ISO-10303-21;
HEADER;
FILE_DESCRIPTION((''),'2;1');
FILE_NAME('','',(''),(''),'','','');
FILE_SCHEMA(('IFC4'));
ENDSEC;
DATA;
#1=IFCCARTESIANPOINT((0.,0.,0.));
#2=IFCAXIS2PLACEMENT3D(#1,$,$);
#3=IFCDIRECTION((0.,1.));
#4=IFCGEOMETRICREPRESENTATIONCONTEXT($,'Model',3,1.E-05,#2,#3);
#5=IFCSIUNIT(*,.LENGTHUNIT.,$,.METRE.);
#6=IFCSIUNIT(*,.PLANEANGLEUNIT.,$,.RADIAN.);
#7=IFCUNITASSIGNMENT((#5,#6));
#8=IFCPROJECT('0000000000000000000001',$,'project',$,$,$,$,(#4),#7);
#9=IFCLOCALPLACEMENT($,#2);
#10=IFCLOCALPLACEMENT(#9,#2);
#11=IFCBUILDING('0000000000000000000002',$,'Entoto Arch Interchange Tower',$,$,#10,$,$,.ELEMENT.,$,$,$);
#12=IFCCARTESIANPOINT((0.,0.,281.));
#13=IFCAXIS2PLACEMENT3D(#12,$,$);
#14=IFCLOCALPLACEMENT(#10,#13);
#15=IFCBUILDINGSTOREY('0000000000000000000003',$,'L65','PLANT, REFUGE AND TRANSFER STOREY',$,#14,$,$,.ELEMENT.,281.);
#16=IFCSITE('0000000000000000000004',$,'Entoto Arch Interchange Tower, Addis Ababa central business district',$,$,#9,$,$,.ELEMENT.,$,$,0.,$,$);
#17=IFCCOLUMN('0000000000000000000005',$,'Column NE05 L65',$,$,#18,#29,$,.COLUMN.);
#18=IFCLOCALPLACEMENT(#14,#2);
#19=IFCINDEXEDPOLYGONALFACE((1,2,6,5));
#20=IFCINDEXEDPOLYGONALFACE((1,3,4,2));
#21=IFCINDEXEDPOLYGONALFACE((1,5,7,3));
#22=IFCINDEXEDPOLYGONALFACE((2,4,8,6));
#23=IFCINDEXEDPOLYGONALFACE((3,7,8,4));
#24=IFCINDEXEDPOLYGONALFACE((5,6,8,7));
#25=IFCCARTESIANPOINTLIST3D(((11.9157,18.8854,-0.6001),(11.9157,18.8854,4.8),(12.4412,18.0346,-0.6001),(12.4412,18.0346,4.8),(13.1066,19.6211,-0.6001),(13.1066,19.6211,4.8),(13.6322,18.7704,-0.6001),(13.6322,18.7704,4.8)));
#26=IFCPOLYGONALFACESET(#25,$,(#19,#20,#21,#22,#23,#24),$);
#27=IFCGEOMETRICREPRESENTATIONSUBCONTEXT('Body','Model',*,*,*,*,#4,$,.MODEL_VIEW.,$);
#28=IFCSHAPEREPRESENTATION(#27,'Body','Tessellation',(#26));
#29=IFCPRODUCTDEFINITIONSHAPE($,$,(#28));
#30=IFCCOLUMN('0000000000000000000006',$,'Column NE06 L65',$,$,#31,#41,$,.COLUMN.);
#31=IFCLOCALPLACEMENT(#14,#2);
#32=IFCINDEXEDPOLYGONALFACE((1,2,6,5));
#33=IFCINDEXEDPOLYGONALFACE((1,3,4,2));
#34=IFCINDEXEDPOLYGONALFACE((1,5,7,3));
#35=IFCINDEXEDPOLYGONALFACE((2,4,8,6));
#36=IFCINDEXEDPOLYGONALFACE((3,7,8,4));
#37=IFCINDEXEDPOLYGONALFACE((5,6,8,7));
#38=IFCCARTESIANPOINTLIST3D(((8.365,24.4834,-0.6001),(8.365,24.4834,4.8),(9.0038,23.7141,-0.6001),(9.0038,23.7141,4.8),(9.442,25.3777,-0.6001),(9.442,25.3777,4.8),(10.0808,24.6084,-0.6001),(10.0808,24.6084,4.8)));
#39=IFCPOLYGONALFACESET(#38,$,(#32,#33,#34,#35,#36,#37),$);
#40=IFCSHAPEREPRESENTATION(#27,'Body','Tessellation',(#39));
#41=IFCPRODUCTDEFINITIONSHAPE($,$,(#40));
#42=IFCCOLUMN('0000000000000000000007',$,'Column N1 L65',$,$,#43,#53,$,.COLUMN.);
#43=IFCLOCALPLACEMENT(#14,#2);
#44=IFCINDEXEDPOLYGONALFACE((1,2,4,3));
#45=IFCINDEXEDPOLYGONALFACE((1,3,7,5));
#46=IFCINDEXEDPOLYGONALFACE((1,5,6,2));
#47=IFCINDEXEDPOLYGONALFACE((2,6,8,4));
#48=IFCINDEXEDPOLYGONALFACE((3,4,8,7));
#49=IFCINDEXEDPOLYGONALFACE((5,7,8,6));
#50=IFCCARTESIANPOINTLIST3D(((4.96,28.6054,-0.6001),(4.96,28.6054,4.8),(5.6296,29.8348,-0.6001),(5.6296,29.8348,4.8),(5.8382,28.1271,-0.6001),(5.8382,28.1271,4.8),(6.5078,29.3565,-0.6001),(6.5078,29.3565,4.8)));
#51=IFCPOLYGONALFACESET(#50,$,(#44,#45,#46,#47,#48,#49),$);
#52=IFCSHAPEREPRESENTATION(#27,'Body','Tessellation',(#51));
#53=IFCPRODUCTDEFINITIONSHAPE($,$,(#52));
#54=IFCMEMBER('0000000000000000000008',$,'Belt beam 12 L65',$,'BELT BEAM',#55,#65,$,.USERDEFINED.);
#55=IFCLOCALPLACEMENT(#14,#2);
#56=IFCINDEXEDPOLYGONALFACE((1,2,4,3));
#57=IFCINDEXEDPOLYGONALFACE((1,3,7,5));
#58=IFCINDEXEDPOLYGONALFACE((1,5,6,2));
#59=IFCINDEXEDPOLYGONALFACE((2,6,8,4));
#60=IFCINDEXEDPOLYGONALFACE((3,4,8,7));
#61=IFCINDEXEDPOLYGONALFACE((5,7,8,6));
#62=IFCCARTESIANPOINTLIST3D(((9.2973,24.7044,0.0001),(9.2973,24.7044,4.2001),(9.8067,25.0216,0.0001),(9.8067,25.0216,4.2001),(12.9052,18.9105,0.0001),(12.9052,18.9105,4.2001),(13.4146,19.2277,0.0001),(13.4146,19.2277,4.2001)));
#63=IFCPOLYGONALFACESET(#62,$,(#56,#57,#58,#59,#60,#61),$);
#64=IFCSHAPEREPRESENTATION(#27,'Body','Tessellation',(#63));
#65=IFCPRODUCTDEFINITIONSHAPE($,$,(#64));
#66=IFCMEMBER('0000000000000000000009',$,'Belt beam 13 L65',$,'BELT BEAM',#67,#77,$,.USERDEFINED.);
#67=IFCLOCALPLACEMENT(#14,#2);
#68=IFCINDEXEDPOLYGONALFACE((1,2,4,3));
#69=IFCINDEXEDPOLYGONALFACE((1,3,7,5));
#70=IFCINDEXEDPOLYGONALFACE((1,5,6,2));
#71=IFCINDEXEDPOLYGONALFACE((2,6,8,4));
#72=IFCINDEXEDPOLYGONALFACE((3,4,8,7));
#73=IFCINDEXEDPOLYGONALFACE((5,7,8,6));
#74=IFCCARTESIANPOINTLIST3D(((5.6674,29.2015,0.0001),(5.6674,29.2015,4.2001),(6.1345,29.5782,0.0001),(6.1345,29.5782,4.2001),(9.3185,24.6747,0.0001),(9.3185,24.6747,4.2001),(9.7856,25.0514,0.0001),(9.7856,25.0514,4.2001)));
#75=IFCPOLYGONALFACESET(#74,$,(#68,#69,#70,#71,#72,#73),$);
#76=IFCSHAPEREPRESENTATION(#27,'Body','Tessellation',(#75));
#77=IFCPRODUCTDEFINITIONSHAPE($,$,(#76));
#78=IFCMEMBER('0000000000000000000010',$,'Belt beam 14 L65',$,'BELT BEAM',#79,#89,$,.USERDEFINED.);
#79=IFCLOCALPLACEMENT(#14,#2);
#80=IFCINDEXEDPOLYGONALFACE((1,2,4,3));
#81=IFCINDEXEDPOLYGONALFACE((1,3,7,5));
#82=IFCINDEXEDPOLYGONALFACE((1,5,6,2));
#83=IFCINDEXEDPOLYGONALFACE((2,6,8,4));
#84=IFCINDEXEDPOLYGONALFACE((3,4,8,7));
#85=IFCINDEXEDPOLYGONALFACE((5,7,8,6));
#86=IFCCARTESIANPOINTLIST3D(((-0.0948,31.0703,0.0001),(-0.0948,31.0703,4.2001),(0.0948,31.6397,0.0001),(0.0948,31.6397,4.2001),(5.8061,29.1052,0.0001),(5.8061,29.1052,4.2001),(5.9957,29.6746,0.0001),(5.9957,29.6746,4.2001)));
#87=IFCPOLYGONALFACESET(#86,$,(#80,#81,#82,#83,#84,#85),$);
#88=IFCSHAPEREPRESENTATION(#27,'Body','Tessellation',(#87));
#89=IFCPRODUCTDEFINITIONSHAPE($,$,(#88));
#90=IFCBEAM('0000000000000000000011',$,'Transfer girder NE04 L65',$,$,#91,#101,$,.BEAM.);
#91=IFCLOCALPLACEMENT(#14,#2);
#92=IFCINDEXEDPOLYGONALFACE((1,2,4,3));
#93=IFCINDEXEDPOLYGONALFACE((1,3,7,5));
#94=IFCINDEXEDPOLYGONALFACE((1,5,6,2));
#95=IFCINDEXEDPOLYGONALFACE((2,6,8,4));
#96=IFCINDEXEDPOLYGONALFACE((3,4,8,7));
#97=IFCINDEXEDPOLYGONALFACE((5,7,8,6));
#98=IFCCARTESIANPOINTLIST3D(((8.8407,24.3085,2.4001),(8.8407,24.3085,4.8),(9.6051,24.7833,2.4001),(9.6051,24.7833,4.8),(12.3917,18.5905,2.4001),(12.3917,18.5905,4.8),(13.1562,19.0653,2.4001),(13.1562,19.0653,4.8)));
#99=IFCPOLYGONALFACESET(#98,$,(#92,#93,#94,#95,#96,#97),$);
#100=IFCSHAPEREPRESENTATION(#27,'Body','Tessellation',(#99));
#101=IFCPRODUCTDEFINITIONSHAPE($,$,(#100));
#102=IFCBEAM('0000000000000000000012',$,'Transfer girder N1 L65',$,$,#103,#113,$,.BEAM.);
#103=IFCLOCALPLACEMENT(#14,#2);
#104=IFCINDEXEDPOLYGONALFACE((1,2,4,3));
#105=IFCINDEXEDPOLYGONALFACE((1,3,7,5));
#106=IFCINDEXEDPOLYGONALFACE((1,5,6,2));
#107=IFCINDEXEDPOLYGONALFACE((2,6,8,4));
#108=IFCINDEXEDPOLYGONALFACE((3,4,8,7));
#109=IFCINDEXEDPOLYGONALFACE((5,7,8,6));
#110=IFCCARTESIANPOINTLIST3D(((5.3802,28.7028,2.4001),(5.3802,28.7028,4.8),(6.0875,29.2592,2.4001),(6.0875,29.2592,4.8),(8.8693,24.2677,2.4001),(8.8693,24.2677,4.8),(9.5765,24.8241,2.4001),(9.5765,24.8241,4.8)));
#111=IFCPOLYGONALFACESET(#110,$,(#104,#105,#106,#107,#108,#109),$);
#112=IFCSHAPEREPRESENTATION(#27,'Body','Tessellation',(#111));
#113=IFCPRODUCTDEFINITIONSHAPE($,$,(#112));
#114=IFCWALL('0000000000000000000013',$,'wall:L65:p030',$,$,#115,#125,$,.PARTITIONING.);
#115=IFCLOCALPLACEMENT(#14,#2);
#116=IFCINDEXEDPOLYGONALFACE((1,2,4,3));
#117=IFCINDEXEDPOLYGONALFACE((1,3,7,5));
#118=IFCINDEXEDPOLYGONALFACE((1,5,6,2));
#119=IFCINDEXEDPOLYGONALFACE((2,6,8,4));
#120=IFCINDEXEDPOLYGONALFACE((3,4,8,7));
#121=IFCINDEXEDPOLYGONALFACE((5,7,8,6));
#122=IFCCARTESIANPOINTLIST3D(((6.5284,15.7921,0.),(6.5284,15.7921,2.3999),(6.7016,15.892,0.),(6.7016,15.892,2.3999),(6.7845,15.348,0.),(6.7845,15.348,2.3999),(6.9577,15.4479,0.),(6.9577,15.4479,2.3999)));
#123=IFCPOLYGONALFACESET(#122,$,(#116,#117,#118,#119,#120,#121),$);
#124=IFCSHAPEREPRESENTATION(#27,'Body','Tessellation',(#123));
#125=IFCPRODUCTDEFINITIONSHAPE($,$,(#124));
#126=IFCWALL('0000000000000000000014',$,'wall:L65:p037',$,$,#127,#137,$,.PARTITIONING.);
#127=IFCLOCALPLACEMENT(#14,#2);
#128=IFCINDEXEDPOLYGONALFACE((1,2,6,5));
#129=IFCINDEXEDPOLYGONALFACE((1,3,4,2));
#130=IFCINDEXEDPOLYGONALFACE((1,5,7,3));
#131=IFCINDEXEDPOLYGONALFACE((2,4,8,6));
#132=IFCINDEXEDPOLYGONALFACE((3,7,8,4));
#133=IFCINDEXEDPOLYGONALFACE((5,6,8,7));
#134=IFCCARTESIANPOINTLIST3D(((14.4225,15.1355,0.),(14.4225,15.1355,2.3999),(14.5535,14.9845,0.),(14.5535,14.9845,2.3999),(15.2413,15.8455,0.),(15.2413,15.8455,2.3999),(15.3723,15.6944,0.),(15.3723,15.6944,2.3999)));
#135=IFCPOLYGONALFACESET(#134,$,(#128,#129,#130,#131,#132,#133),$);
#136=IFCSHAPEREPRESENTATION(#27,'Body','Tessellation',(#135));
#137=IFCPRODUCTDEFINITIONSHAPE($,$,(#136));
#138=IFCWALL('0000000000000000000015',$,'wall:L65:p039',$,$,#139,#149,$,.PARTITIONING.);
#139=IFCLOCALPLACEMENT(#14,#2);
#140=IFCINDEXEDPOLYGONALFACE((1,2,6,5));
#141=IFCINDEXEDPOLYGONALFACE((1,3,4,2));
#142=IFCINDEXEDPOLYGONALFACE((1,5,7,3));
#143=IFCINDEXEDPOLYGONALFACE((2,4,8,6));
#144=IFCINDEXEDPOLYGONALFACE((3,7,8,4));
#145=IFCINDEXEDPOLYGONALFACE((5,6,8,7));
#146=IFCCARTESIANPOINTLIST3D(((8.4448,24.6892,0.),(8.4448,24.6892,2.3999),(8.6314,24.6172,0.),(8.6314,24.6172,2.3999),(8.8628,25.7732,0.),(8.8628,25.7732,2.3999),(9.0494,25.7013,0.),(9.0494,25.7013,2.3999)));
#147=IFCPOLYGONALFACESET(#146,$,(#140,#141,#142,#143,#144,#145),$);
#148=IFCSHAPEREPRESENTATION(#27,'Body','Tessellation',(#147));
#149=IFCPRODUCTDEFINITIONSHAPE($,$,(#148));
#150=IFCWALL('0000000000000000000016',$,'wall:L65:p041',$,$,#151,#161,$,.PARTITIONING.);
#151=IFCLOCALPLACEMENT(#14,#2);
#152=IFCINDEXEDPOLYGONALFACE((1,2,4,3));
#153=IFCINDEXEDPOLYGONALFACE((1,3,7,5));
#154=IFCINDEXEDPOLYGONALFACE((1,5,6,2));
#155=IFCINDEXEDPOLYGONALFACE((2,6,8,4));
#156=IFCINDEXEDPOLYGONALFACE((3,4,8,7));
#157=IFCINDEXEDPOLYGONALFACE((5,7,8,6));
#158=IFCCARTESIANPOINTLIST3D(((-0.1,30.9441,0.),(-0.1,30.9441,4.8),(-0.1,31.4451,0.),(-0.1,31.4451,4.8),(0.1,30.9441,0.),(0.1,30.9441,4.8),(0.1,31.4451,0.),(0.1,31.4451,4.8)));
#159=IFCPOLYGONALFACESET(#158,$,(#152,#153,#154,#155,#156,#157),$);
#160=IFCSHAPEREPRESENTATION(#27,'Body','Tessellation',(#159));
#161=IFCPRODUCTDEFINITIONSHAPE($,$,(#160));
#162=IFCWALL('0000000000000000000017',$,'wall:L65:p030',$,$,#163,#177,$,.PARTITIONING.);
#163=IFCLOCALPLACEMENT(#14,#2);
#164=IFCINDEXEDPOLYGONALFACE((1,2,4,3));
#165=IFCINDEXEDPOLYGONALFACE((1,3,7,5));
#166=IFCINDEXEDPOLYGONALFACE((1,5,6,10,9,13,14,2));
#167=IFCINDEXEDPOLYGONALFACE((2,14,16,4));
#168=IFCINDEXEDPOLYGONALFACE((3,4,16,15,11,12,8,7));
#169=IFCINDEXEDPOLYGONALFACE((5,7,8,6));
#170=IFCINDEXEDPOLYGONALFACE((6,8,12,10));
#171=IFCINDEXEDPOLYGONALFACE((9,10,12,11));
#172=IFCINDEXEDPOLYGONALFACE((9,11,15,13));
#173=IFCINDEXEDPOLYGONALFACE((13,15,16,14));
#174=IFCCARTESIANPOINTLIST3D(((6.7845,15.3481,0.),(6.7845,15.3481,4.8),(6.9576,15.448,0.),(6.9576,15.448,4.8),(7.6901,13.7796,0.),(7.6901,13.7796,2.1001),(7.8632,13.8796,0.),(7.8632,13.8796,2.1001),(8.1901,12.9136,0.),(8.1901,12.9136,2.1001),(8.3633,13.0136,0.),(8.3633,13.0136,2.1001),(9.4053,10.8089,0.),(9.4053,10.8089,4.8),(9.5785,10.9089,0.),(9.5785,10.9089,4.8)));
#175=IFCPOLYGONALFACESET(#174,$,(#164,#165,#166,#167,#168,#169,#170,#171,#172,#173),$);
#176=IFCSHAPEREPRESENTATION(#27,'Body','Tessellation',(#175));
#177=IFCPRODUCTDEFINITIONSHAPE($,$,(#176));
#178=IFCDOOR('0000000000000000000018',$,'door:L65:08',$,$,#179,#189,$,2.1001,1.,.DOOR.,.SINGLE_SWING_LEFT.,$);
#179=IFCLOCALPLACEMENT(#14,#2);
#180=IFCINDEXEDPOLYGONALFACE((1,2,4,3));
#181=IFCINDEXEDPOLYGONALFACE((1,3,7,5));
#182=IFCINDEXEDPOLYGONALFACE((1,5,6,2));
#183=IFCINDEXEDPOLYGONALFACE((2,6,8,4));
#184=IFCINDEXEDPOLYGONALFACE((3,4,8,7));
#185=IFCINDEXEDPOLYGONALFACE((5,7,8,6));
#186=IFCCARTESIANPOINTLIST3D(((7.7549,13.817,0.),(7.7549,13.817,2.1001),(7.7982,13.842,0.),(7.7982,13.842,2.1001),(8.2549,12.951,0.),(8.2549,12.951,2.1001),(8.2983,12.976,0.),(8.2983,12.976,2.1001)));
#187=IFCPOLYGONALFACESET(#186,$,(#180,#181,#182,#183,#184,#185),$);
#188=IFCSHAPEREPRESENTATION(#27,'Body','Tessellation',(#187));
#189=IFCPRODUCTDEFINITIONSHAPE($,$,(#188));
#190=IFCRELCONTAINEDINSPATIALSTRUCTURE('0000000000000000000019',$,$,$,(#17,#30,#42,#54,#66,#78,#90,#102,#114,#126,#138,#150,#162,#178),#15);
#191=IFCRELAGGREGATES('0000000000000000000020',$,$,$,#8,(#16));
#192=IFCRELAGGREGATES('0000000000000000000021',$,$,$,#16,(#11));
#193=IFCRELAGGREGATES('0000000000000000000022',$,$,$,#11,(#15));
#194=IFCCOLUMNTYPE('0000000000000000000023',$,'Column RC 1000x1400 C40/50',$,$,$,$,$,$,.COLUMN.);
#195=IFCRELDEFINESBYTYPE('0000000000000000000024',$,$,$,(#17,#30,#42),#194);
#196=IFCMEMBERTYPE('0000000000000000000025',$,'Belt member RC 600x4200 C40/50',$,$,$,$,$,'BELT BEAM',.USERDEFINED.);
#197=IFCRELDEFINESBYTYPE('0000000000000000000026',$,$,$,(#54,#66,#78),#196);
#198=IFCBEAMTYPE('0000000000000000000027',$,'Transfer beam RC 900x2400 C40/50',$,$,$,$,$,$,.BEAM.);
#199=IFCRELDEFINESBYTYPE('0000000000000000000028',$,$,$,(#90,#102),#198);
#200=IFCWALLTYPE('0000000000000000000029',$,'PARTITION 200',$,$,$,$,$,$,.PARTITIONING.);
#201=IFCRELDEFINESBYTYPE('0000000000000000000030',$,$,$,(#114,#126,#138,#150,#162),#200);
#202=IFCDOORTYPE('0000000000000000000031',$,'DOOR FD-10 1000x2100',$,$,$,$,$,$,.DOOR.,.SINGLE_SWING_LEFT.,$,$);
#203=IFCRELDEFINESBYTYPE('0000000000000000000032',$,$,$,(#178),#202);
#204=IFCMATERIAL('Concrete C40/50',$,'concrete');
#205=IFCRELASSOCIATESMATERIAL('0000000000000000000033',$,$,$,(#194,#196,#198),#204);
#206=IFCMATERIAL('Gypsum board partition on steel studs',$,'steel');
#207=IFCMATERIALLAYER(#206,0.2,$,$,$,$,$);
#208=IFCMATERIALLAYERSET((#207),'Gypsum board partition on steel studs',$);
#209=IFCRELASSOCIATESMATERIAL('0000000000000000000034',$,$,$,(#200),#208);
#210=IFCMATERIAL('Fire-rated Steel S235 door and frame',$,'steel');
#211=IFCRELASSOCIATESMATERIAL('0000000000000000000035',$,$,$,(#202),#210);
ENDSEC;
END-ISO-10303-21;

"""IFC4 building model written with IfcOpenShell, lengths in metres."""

from ifc_helpers import new_model, si_unit, direction, frame, frame_2d, origin, origin_2d, place, context, subcontext, project, spatial, rectangle, extrude, material, layer, layer_set, material_profile, profile_set, type_object, element, fill, save


model = new_model("IFC4")

# Units and contexts
model_context = context("Model", 3, precision=1e-05, world=origin(), true_north=direction((0.0, 1.0)))
body_context = subcontext(model_context, "Body", "Model", "MODEL_VIEW")
ifc_project = project(units=[si_unit("LENGTHUNIT", "METRE"), si_unit("PLANEANGLEUNIT", "RADIAN")], contexts=[model_context])

# Site, building, storey
site_placement = place(None, origin())
site = spatial("IfcSite", under=ifc_project, at=site_placement, Name="Entoto Arch Interchange Tower, Addis Ababa central business district", CompositionType="ELEMENT", RefElevation=0.0)
building_placement = place(site_placement, origin())
building = spatial("IfcBuilding", under=site, at=building_placement, Name="Entoto Arch Interchange Tower", CompositionType="ELEMENT")
storey_placement = place(building_placement, frame((0.0, 0.0, 281.0)))
storey = spatial("IfcBuildingStorey", under=building, at=storey_placement, Name="L65", Description="PLANT, REFUGE AND TRANSFER STOREY", CompositionType="ELEMENT", Elevation=281.0)

# Columns
ifc_material_1 = material(Name="Concrete C40/50", Category="concrete")
ifc_material_profile_1 = material_profile(ifc_material_1, rectangle(XDim=1.0, YDim=1.3999, at=origin_2d()))
ifc_profile_set_1 = profile_set([ifc_material_profile_1], Name="Concrete C40/50")
column_type = type_object("IfcColumnType", Name="Column RC 1000x1400 C40/50", PredefinedType="COLUMN", material=ifc_profile_set_1)
for number, where, z_axis, x_axis, name in (
    (1, (12.7739, 18.8279, -0.6001), (0.0, 0.0, 1.0), (-0.525576, 0.850747, 0.0), "Column NE05 L65"),
    (2, (9.2229, 24.5459, -0.6001), (0.0, 0.0, 1.0), (-0.638835, 0.769344, 0.0), "Column NE06 L65"),
    (3, (5.7339, 28.981, -0.6001), (0.0, 0.0, 1.0), (-0.878175, 0.478339, 0.0), "Column N1 L65"),
):
    element("IfcColumn", number, at=place(storey_placement, frame(where, z_axis=z_axis, x_axis=x_axis)), inside=storey, type_object=column_type, Name=name, PredefinedType="COLUMN", context=body_context, shape_type="SweptSolid", body=[
        extrude(rectangle(XDim=1.0, YDim=1.3999, at=origin_2d()), origin(), (0.0, 0.0, 1.0), 5.4001),
    ])

# Members
ifc_material_profile_2 = material_profile(ifc_material_1, rectangle(XDim=0.6001, YDim=4.2, at=origin_2d()))
ifc_profile_set_2 = profile_set([ifc_material_profile_2], Name="Concrete C40/50")
member_type = type_object("IfcMemberType", Name="Belt member RC 600x4200 C40/50", ElementType="BELT BEAM", PredefinedType="USERDEFINED", material=ifc_profile_set_2)
member_1_placement = place(storey_placement, frame((13.1599, 19.0691, 2.1001), z_axis=(-0.528596, 0.848873, 0.0), x_axis=(-0.848873, -0.528596, 0.0)))
element("IfcMember", 4, at=member_1_placement, inside=storey, type_object=member_type, Name="Belt beam 12 L65", ObjectType="BELT BEAM", PredefinedType="USERDEFINED", context=body_context, shape_type="SweptSolid", body=[
    extrude(rectangle(XDim=0.6001, YDim=4.2, at=origin_2d()), origin(), (0.0, 0.0, 1.0), 6.8254),
])
member_2_placement = place(storey_placement, frame((9.552, 24.863, 2.1001), z_axis=(-0.627798, 0.778377, 0.0), x_axis=(-0.778377, -0.627798, 0.0)))
element("IfcMember", 5, at=member_2_placement, inside=storey, type_object=member_type, Name="Belt beam 13 L65", ObjectType="BELT BEAM", PredefinedType="USERDEFINED", context=body_context, shape_type="SweptSolid", body=[
    extrude(rectangle(XDim=0.6001, YDim=4.2, at=origin_2d()), origin(), (0.0, 0.0, 1.0), 5.8157),
])
member_3_placement = place(storey_placement, frame((5.9009, 29.3899, 2.1001), z_axis=(-0.948774, 0.315957, 0.0), x_axis=(-0.315957, -0.948774, 0.0)))
element("IfcMember", 6, at=member_3_placement, inside=storey, type_object=member_type, Name="Belt beam 14 L65", ObjectType="BELT BEAM", PredefinedType="USERDEFINED", context=body_context, shape_type="SweptSolid", body=[
    extrude(rectangle(XDim=0.6001, YDim=4.2, at=origin_2d()), origin(), (0.0, 0.0, 1.0), 6.2195),
])

# Beams
ifc_material_profile_3 = material_profile(ifc_material_1, rectangle(XDim=0.8999, YDim=2.3999, at=origin_2d()))
ifc_profile_set_3 = profile_set([ifc_material_profile_3], Name="Concrete C40/50")
beam_type = type_object("IfcBeamType", Name="Transfer beam RC 900x2400 C40/50", PredefinedType="BEAM", material=ifc_profile_set_3)
beam_1_placement = place(storey_placement, frame((12.7739, 18.8279, 3.6001), z_axis=(-0.527568, 0.849513, 0.0), x_axis=(-0.849513, -0.527568, 0.0)))
element("IfcBeam", 7, at=beam_1_placement, inside=storey, type_object=beam_type, Name="Transfer girder NE04 L65", PredefinedType="BEAM", context=body_context, shape_type="SweptSolid", body=[
    extrude(rectangle(XDim=0.8999, YDim=2.3999, at=origin_2d()), origin(), (0.0, 0.0, 1.0), 6.731),
])
beam_2_placement = place(storey_placement, frame((9.2229, 24.5459, 3.6001), z_axis=(-0.618295, 0.785946, 0.0), x_axis=(-0.785946, -0.618295, 0.0)))
element("IfcBeam", 8, at=beam_2_placement, inside=storey, type_object=beam_type, Name="Transfer girder N1 L65", PredefinedType="BEAM", context=body_context, shape_type="SweptSolid", body=[
    extrude(rectangle(XDim=0.8999, YDim=2.3999, at=origin_2d()), origin(), (0.0, 0.0, 1.0), 5.6431),
])

# Walls
ifc_material_2 = material(Name="Gypsum board partition on steel studs", Category="steel")
ifc_layer_1 = layer(ifc_material_2, 0.2)
ifc_layer_set_1 = layer_set([ifc_layer_1], Name="Gypsum board partition on steel studs")
wall_type_1 = type_object("IfcWallType", Name="PARTITION 200", PredefinedType="PARTITIONING", material=ifc_layer_set_1)
wall_1_placement = place(storey_placement, frame((6.615, 15.842, 0.0), z_axis=(0.0, 0.0, 1.0), x_axis=(0.499571, -0.866273, 0.0)))
element("IfcWall", 9, at=wall_1_placement, inside=storey, type_object=wall_type_1, Name="wall:L65:p030", PredefinedType="PARTITIONING", context=body_context, shape_type="SweptSolid", body=[
    extrude(rectangle(XDim=0.5127, YDim=0.2, at=frame_2d((0.2563, 0.0))), origin(), (0.0, 0.0, 1.0), 2.3999),
])
wall_2_placement = place(storey_placement, frame((15.3069, 15.77, 0.0), z_axis=(0.0, 0.0, 1.0), x_axis=(-0.755555, -0.655085, 0.0)))
element("IfcWall", 10, at=wall_2_placement, inside=storey, type_object=wall_type_1, Name="wall:L65:p037", PredefinedType="PARTITIONING", context=body_context, shape_type="SweptSolid", body=[
    extrude(rectangle(XDim=1.0837, YDim=0.2, at=frame_2d((0.542, 0.0))), origin(), (0.0, 0.0, 1.0), 2.3999),
])
wall_3_placement = place(storey_placement, frame((8.5381, 24.6531, 0.0), z_axis=(0.0, 0.0, 1.0), x_axis=(0.359768, 0.933042, 0.0)))
element("IfcWall", 11, at=wall_3_placement, inside=storey, type_object=wall_type_1, Name="wall:L65:p039", PredefinedType="PARTITIONING", context=body_context, shape_type="SweptSolid", body=[
    extrude(rectangle(XDim=1.1619, YDim=0.2, at=frame_2d((0.5811, 0.0))), origin(), (0.0, 0.0, 1.0), 2.3999),
])
wall_4_placement = place(storey_placement, frame((0.0, 30.9441, 0.0), z_axis=(0.0, 0.0, 1.0), x_axis=(0.0, 1.0, 0.0)))
element("IfcWall", 12, at=wall_4_placement, inside=storey, type_object=wall_type_1, Name="wall:L65:p041", PredefinedType="PARTITIONING", context=body_context, shape_type="SweptSolid", body=[
    extrude(rectangle(XDim=0.501, YDim=0.2, at=frame_2d((0.2505, 0.0))), origin(), (0.0, 0.0, 1.0), 4.8),
])

# Wall, opening, door
wall_5_placement = place(storey_placement, frame((6.8711, 15.3979, 0.0), z_axis=(0.0, 0.0, 1.0), x_axis=(0.500032, -0.866007, 0.0)))
wall_5 = element("IfcWall", 13, at=wall_5_placement, inside=storey, type_object=wall_type_1, Name="wall:L65:p030", PredefinedType="PARTITIONING", context=body_context, shape_type="SweptSolid", body=[
    extrude(rectangle(XDim=5.2415, YDim=0.2, at=frame_2d((2.6206, 0.0))), origin(), (0.0, 0.0, 1.0), 4.8),
])
opening_placement = place(wall_5_placement, frame((1.811, 0.0, 0.0)))
opening = element("IfcOpeningElement", 14, at=opening_placement, cuts=wall_5, PredefinedType="OPENING", context=body_context, shape_type="SweptSolid", body=[
    extrude(rectangle(XDim=1.0, YDim=2.1001, at=frame_2d((0.5, 1.05))), frame((0.0, 0.1099, 0.0), z_axis=(0.0, -1.0, 0.0), x_axis=(1.0, 0.0, 0.0)), (0.0, 0.0, 1.0), 0.22),
])
ifc_material_3 = material(Name="Fire-rated Steel S235 door and frame", Category="steel")
door_type = type_object("IfcDoorType", Name="DOOR FD-10 1000x2100", OperationType="SINGLE_SWING_LEFT", PredefinedType="DOOR", material=ifc_material_3)
door_placement = place(opening_placement, origin())
door = element("IfcDoor", 15, at=door_placement, inside=storey, type_object=door_type, Name="door:L65:08", OperationType="SINGLE_SWING_LEFT", OverallHeight=2.1001, OverallWidth=1.0, PredefinedType="DOOR", context=body_context, shape_type="SweptSolid", body=[
    extrude(rectangle(XDim=1.0, YDim=2.1001, at=frame_2d((0.5, 1.05))), frame((0.0, 0.0249, 0.0), z_axis=(0.0, -1.0, 0.0), x_axis=(1.0, 0.0, 0.0)), (0.0, 0.0, 1.0), 0.05),
])
fill(opening, door)

save(model, "model.ifc")
